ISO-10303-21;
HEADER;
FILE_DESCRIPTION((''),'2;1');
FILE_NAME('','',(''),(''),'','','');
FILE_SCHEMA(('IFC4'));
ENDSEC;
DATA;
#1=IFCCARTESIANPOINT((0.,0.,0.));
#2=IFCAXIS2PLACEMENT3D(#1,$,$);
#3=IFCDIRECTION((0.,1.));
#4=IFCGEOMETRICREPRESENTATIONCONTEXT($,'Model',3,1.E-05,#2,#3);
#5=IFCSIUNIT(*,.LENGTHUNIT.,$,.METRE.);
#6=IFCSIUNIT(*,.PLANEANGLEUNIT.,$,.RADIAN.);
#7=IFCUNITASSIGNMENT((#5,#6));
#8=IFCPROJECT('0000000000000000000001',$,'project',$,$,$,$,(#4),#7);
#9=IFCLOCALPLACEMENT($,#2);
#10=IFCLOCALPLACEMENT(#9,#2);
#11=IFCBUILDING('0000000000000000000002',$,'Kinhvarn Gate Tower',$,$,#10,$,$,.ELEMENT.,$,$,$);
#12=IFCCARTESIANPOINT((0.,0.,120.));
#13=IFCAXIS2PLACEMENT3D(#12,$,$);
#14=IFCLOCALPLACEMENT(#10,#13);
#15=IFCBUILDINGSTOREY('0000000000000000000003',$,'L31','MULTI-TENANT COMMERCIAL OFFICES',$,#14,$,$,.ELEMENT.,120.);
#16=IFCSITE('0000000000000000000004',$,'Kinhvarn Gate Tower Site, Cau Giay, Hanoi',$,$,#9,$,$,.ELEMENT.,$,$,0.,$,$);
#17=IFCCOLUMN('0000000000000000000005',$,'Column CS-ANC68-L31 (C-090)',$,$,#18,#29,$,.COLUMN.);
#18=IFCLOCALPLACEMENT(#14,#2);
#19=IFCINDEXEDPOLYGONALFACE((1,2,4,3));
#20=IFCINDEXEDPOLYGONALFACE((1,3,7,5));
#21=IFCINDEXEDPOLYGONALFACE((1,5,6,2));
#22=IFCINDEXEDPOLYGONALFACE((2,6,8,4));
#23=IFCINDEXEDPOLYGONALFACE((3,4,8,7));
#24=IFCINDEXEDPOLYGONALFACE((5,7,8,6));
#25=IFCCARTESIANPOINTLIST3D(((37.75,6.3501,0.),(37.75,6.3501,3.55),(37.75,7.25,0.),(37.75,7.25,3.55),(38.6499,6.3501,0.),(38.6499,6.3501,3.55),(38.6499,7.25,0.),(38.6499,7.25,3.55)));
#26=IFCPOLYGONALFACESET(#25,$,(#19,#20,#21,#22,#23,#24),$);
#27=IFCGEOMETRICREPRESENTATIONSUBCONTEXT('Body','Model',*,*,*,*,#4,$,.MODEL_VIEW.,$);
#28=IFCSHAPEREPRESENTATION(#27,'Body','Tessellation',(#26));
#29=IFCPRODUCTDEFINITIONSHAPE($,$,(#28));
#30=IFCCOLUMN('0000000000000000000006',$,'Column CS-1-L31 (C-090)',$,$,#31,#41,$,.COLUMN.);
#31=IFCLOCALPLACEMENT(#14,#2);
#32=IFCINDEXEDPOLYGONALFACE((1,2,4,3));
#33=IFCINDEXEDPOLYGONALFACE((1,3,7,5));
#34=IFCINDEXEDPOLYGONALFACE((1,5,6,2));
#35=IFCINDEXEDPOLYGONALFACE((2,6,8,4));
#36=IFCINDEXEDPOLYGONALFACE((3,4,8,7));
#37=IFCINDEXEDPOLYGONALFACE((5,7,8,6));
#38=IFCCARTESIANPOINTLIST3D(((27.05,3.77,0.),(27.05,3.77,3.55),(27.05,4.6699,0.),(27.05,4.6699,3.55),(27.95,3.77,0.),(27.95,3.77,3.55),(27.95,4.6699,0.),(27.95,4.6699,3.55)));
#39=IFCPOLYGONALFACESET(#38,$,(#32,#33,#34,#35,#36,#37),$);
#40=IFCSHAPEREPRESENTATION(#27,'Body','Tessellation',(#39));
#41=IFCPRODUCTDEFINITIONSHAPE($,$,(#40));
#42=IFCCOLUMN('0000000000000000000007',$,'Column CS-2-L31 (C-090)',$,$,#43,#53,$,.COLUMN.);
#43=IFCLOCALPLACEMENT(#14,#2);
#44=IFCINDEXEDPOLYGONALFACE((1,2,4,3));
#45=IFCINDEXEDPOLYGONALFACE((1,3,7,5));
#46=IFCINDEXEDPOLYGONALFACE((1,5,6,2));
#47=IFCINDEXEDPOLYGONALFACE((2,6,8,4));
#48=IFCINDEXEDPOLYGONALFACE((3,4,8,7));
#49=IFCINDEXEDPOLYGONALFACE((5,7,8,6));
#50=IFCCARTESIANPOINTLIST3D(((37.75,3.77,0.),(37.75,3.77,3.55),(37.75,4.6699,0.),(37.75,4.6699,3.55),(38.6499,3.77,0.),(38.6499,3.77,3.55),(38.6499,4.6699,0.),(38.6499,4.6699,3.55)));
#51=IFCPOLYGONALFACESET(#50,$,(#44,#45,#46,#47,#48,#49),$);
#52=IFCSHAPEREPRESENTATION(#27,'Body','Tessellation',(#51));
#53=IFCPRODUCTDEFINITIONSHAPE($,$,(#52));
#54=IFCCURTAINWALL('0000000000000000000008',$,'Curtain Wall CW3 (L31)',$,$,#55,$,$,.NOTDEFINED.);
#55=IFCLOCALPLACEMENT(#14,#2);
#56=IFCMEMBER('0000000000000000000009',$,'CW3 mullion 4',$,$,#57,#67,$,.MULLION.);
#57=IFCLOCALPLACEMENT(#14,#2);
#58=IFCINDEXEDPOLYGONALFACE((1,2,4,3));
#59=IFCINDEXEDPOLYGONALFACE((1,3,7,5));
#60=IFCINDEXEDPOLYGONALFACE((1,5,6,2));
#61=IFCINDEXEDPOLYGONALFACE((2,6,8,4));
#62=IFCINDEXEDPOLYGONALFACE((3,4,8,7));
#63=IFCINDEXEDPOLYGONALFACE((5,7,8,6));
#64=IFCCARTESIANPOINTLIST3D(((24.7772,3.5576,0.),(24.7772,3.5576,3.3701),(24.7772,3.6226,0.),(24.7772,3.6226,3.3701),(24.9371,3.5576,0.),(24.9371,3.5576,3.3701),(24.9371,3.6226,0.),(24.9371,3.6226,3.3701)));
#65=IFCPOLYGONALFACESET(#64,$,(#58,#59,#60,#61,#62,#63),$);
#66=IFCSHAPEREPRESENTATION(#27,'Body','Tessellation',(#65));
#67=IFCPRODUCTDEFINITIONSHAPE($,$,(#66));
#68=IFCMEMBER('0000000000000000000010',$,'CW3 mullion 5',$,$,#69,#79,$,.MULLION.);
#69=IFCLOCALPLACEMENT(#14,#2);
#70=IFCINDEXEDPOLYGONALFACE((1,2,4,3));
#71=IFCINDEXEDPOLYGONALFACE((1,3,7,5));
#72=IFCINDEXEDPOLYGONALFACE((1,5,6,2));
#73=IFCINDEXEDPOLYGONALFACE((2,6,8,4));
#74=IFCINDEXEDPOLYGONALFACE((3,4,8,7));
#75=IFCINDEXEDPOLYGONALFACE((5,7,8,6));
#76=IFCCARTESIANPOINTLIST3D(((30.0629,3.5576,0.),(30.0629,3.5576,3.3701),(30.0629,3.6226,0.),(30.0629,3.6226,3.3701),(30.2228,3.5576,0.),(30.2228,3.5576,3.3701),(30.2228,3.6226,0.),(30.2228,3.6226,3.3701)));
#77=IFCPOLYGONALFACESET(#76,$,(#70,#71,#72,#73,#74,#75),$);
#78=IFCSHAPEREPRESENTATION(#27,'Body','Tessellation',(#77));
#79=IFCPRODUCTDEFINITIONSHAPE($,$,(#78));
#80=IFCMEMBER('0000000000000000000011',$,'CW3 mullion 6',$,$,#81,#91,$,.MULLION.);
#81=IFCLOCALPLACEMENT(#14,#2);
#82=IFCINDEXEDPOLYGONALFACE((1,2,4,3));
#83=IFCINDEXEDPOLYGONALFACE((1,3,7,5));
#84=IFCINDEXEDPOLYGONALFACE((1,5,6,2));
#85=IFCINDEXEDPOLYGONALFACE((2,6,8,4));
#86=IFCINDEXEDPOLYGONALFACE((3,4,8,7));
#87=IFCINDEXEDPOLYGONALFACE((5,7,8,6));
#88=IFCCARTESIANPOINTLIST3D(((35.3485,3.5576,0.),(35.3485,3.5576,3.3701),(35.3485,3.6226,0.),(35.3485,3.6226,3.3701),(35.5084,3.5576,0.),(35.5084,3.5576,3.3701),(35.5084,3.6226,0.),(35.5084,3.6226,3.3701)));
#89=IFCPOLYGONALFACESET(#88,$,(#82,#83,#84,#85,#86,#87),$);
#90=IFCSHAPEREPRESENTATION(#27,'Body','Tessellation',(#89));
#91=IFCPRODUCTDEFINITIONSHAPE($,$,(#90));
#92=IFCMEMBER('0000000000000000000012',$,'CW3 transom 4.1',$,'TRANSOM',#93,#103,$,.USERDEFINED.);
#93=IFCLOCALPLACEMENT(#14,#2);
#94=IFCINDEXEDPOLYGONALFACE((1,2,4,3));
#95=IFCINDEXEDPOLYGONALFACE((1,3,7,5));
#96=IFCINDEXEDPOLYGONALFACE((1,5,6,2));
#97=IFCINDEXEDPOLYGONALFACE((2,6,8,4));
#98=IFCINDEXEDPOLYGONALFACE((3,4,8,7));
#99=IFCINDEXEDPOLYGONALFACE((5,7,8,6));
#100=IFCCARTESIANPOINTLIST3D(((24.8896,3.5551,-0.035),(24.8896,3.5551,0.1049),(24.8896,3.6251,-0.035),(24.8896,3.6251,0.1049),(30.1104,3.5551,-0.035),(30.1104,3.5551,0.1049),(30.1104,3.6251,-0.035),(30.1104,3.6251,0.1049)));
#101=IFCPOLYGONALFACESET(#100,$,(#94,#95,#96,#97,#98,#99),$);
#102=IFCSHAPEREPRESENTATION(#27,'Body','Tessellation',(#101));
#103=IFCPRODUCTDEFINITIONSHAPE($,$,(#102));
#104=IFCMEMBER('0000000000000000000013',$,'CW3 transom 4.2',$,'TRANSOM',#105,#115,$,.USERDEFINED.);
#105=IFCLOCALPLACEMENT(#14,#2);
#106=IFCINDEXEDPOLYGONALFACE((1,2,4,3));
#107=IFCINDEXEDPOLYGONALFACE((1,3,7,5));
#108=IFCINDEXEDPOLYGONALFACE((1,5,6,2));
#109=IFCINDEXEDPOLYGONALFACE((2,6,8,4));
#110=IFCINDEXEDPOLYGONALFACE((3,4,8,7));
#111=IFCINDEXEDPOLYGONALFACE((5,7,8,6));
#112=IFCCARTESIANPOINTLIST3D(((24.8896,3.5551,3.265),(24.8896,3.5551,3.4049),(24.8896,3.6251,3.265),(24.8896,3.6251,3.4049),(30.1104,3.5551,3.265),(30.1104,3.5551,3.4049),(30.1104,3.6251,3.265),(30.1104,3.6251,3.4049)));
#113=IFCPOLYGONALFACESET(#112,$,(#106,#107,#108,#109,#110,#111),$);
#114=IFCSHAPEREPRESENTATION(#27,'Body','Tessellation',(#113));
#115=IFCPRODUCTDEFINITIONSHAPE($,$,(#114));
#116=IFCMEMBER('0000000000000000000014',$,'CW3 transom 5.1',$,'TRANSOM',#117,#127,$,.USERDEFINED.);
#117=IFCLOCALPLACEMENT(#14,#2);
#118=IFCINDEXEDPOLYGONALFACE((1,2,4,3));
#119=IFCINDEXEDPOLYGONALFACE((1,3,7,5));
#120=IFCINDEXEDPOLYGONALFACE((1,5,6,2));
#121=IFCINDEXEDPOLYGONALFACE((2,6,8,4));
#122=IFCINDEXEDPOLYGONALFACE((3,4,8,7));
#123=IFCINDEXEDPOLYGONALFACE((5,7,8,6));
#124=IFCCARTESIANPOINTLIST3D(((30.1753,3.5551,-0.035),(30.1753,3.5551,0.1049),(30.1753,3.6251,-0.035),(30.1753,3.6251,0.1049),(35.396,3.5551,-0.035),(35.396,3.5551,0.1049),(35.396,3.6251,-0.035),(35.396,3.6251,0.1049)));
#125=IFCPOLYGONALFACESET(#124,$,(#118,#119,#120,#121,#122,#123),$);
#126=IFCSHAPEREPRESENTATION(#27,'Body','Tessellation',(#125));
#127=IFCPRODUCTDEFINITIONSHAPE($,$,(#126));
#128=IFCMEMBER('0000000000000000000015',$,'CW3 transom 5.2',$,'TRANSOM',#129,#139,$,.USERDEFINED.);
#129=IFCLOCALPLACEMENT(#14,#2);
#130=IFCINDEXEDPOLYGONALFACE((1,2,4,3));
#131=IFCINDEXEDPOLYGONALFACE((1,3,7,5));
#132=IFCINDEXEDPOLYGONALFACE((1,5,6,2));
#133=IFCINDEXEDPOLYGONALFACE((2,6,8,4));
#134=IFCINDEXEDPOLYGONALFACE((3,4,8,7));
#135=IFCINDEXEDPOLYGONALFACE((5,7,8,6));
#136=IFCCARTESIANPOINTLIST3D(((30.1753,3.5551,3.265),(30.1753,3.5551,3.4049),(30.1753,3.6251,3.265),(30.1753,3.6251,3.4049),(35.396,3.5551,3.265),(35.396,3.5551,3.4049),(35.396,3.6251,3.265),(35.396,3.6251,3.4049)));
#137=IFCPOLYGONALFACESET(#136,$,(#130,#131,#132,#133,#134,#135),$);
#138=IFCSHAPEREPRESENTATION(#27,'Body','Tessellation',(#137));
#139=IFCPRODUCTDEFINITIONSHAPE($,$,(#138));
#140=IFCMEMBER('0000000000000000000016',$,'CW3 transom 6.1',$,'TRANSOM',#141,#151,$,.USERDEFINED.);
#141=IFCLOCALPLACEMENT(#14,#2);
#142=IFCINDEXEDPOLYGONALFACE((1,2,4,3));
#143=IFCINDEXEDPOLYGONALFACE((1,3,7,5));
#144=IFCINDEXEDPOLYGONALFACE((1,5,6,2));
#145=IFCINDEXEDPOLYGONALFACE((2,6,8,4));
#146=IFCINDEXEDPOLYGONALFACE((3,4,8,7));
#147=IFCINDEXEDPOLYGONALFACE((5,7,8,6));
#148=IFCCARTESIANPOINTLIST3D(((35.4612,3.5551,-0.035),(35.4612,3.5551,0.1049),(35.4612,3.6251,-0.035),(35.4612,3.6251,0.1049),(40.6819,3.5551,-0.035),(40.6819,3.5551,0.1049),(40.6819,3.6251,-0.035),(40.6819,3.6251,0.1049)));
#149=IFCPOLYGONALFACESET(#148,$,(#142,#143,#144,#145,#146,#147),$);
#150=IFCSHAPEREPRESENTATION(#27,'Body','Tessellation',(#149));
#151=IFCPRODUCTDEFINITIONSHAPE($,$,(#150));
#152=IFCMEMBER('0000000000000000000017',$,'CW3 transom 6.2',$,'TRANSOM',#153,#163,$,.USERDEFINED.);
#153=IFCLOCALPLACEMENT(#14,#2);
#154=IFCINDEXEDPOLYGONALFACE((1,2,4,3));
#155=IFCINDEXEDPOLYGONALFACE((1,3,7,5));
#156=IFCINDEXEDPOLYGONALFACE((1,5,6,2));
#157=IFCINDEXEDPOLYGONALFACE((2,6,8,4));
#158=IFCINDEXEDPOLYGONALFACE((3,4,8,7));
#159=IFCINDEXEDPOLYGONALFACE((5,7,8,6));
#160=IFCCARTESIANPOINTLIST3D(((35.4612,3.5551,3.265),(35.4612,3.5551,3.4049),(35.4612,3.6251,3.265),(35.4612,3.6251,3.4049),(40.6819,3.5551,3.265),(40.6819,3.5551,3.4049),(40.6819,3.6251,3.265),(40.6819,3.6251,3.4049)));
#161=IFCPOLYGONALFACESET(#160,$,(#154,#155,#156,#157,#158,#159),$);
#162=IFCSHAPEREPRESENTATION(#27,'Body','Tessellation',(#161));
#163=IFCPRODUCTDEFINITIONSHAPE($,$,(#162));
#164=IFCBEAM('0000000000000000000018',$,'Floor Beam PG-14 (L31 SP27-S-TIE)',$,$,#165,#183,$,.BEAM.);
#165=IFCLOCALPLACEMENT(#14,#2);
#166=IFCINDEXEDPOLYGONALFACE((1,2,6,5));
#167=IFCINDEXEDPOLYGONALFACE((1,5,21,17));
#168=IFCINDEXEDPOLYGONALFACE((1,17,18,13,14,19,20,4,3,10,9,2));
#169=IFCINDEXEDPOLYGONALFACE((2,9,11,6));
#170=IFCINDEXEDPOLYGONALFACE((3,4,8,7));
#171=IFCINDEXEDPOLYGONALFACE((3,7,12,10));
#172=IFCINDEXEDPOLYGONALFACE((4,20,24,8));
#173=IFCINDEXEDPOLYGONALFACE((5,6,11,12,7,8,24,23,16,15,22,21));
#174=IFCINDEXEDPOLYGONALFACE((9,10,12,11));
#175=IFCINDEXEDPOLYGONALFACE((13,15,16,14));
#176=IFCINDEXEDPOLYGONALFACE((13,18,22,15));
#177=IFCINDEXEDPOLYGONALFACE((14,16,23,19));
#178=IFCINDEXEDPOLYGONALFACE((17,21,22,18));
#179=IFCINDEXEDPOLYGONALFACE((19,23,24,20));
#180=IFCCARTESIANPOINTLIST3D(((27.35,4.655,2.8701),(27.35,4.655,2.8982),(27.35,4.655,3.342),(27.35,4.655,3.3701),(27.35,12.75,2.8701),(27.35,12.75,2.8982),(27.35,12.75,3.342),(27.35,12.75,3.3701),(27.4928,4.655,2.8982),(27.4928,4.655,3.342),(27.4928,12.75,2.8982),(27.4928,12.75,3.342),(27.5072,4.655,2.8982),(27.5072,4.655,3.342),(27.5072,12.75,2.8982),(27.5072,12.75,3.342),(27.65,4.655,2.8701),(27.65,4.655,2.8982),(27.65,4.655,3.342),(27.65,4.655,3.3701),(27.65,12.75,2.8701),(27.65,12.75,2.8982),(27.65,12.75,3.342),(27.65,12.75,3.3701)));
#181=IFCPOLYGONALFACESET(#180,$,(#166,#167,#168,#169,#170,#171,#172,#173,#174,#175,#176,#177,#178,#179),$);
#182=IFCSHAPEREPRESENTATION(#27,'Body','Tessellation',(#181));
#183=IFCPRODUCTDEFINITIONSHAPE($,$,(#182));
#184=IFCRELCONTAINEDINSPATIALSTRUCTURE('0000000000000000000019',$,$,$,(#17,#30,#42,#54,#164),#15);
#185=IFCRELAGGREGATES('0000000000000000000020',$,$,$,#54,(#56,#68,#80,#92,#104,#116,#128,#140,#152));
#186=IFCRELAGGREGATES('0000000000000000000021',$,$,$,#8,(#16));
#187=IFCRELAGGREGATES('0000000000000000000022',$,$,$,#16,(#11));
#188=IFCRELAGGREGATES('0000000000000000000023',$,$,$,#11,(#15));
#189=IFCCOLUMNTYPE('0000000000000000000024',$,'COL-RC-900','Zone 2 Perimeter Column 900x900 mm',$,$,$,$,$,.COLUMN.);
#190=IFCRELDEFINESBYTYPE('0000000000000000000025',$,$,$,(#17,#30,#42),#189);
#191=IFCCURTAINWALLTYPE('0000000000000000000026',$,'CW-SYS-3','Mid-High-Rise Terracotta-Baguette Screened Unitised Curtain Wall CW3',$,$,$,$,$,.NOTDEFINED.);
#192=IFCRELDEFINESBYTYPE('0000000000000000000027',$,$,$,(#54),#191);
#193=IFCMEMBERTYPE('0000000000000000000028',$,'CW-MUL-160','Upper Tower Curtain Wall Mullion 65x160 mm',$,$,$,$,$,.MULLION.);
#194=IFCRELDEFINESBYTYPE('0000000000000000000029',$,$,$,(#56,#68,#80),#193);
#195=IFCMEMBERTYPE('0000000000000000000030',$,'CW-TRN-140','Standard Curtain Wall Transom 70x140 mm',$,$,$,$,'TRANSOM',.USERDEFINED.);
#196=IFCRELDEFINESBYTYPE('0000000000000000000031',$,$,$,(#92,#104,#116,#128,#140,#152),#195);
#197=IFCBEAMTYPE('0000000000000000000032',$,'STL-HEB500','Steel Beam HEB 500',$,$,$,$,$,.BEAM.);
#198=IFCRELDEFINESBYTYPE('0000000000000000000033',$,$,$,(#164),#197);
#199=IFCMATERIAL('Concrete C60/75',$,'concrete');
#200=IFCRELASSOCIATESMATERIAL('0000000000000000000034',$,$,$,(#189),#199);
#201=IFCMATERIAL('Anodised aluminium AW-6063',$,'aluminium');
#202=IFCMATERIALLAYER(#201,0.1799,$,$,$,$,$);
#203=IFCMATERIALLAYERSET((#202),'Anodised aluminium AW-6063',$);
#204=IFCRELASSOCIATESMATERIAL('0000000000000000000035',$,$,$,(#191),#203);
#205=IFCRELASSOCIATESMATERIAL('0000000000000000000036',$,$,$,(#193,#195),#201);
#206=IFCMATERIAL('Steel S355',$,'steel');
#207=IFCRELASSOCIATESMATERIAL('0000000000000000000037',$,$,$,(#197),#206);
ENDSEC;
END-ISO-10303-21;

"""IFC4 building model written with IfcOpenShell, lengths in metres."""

from ifc_helpers import new_model, si_unit, direction, frame, origin, origin_2d, place, context, subcontext, project, spatial, rectangle, i_section, extrude, material, layer, layer_set, material_profile, profile_set, type_object, element, aggregate, save


model = new_model("IFC4")

# Units and contexts
model_context = context("Model", 3, precision=1e-05, world=origin(), true_north=direction((0.0, 1.0)))
body_context = subcontext(model_context, "Body", "Model", "MODEL_VIEW")
ifc_project = project(units=[si_unit("LENGTHUNIT", "METRE"), si_unit("PLANEANGLEUNIT", "RADIAN")], contexts=[model_context])

# Site, building, storey
site_placement = place(None, origin())
site = spatial("IfcSite", under=ifc_project, at=site_placement, Name="Kinhvarn Gate Tower Site, Cau Giay, Hanoi", CompositionType="ELEMENT", RefElevation=0.0)
building_placement = place(site_placement, origin())
building = spatial("IfcBuilding", under=site, at=building_placement, Name="Kinhvarn Gate Tower", CompositionType="ELEMENT")
storey_placement = place(building_placement, frame((0.0, 0.0, 120.0)))
storey = spatial("IfcBuildingStorey", under=building, at=storey_placement, Name="L31", Description="MULTI-TENANT COMMERCIAL OFFICES", CompositionType="ELEMENT", Elevation=120.0)

# Columns
ifc_material_1 = material(Name="Concrete C60/75", Category="concrete")
ifc_material_profile_1 = material_profile(ifc_material_1, rectangle(XDim=0.8999, YDim=0.8999, at=origin_2d()), Name="RC 900x900")
ifc_profile_set_1 = profile_set([ifc_material_profile_1], Name="Concrete C60/75")
column_type = type_object("IfcColumnType", Name="COL-RC-900", Description="Zone 2 Perimeter Column 900x900 mm", PredefinedType="COLUMN", material=ifc_profile_set_1)
for number, where, z_axis, x_axis, name in (
    (1, (38.2, 6.8, 0.0), (0.0, 0.0, 1.0), (1.0, 0.0, 0.0), "Column CS-ANC68-L31 (C-090)"),
    (2, (27.5, 4.22, 0.0), (0.0, 0.0, 1.0), (1.0, 0.0, 0.0), "Column CS-1-L31 (C-090)"),
    (3, (38.2, 4.22, 0.0), (0.0, 0.0, 1.0), (1.0, 0.0, 0.0), "Column CS-2-L31 (C-090)"),
):
    element("IfcColumn", number, at=place(storey_placement, frame(where, z_axis=z_axis, x_axis=x_axis)), inside=storey, type_object=column_type, Name=name, PredefinedType="COLUMN", context=body_context, shape_type="SweptSolid", body=[
        extrude(rectangle(XDim=0.8999, YDim=0.8999, at=origin_2d()), origin(), (0.0, 0.0, 1.0), 3.55),
    ])

# Curtain wall, members
ifc_material_2 = material(Name="Anodised aluminium AW-6063", Category="aluminium")
ifc_layer_1 = layer(ifc_material_2, 0.1799)
ifc_layer_set_1 = layer_set([ifc_layer_1], Name="Anodised aluminium AW-6063")
curtain_wall_type = type_object("IfcCurtainWallType", Name="CW-SYS-3", Description="Mid-High-Rise Terracotta-Baguette Screened Unitised Curtain Wall CW3", PredefinedType="NOTDEFINED", material=ifc_layer_set_1)
curtain_wall_placement = place(storey_placement, origin())
curtain_wall = element("IfcCurtainWall", 4, at=curtain_wall_placement, inside=storey, type_object=curtain_wall_type, Name="Curtain Wall CW3 (L31)", PredefinedType="NOTDEFINED")
ifc_material_profile_2 = material_profile(ifc_material_2, rectangle(XDim=0.0649, YDim=0.1599, at=origin_2d()), Name="ALU 65x160")
ifc_profile_set_2 = profile_set([ifc_material_profile_2], Name="Anodised aluminium AW-6063")
member_type_1 = type_object("IfcMemberType", Name="CW-MUL-160", Description="Upper Tower Curtain Wall Mullion 65x160 mm", PredefinedType="MULLION", material=ifc_profile_set_2)
member_1_placement = place(storey_placement, frame((24.8572, 3.5901, 0.0), z_axis=(0.0, 0.0, 1.0), x_axis=(0.0, 1.0, 0.0)))
member_1 = element("IfcMember", 5, at=member_1_placement, type_object=member_type_1, Name="CW3 mullion 4", PredefinedType="MULLION", context=body_context, shape_type="SweptSolid", body=[
    extrude(rectangle(XDim=0.0649, YDim=0.1599, at=origin_2d()), origin(), (0.0, 0.0, 1.0), 3.3701),
])
member_2_placement = place(storey_placement, frame((30.1428, 3.5901, 0.0), z_axis=(0.0, 0.0, 1.0), x_axis=(0.0, 1.0, 0.0)))
member_2 = element("IfcMember", 6, at=member_2_placement, type_object=member_type_1, Name="CW3 mullion 5", PredefinedType="MULLION", context=body_context, shape_type="SweptSolid", body=[
    extrude(rectangle(XDim=0.0649, YDim=0.1599, at=origin_2d()), origin(), (0.0, 0.0, 1.0), 3.3701),
])
member_3_placement = place(storey_placement, frame((35.4285, 3.5901, 0.0), z_axis=(0.0, 0.0, 1.0), x_axis=(0.0, 1.0, 0.0)))
member_3 = element("IfcMember", 7, at=member_3_placement, type_object=member_type_1, Name="CW3 mullion 6", PredefinedType="MULLION", context=body_context, shape_type="SweptSolid", body=[
    extrude(rectangle(XDim=0.0649, YDim=0.1599, at=origin_2d()), origin(), (0.0, 0.0, 1.0), 3.3701),
])
ifc_material_profile_3 = material_profile(ifc_material_2, rectangle(XDim=0.0701, YDim=0.1399, at=origin_2d()), Name="ALU 70x140")
ifc_profile_set_3 = profile_set([ifc_material_profile_3], Name="Anodised aluminium AW-6063")
member_type_2 = type_object("IfcMemberType", Name="CW-TRN-140", Description="Standard Curtain Wall Transom 70x140 mm", ElementType="TRANSOM", PredefinedType="USERDEFINED", material=ifc_profile_set_3)
member_4_placement = place(storey_placement, frame((24.8896, 3.5901, 0.0349), z_axis=(1.0, 0.0, 0.0), x_axis=(0.0, 1.0, 0.0)))
member_4 = element("IfcMember", 8, at=member_4_placement, type_object=member_type_2, Name="CW3 transom 4.1", ObjectType="TRANSOM", PredefinedType="USERDEFINED", context=body_context, shape_type="SweptSolid", body=[
    extrude(rectangle(XDim=0.0701, YDim=0.1399, at=origin_2d()), origin(), (0.0, 0.0, 1.0), 5.2207),
])
member_5_placement = place(storey_placement, frame((24.8896, 3.5901, 3.335), z_axis=(1.0, 0.0, 0.0), x_axis=(0.0, 1.0, 0.0)))
member_5 = element("IfcMember", 9, at=member_5_placement, type_object=member_type_2, Name="CW3 transom 4.2", ObjectType="TRANSOM", PredefinedType="USERDEFINED", context=body_context, shape_type="SweptSolid", body=[
    extrude(rectangle(XDim=0.0701, YDim=0.1399, at=origin_2d()), origin(), (0.0, 0.0, 1.0), 5.2207),
])
member_6_placement = place(storey_placement, frame((30.1753, 3.5901, 0.0349), z_axis=(1.0, 0.0, 0.0), x_axis=(0.0, 1.0, 0.0)))
member_6 = element("IfcMember", 10, at=member_6_placement, type_object=member_type_2, Name="CW3 transom 5.1", ObjectType="TRANSOM", PredefinedType="USERDEFINED", context=body_context, shape_type="SweptSolid", body=[
    extrude(rectangle(XDim=0.0701, YDim=0.1399, at=origin_2d()), origin(), (0.0, 0.0, 1.0), 5.2207),
])
member_7_placement = place(storey_placement, frame((30.1753, 3.5901, 3.335), z_axis=(1.0, 0.0, 0.0), x_axis=(0.0, 1.0, 0.0)))
member_7 = element("IfcMember", 11, at=member_7_placement, type_object=member_type_2, Name="CW3 transom 5.2", ObjectType="TRANSOM", PredefinedType="USERDEFINED", context=body_context, shape_type="SweptSolid", body=[
    extrude(rectangle(XDim=0.0701, YDim=0.1399, at=origin_2d()), origin(), (0.0, 0.0, 1.0), 5.2207),
])
member_8_placement = place(storey_placement, frame((35.4612, 3.5901, 0.0349), z_axis=(1.0, 0.0, 0.0), x_axis=(0.0, 1.0, 0.0)))
member_8 = element("IfcMember", 12, at=member_8_placement, type_object=member_type_2, Name="CW3 transom 6.1", ObjectType="TRANSOM", PredefinedType="USERDEFINED", context=body_context, shape_type="SweptSolid", body=[
    extrude(rectangle(XDim=0.0701, YDim=0.1399, at=origin_2d()), origin(), (0.0, 0.0, 1.0), 5.2207),
])
member_9_placement = place(storey_placement, frame((35.4612, 3.5901, 3.335), z_axis=(1.0, 0.0, 0.0), x_axis=(0.0, 1.0, 0.0)))
member_9 = element("IfcMember", 13, at=member_9_placement, type_object=member_type_2, Name="CW3 transom 6.2", ObjectType="TRANSOM", PredefinedType="USERDEFINED", context=body_context, shape_type="SweptSolid", body=[
    extrude(rectangle(XDim=0.0701, YDim=0.1399, at=origin_2d()), origin(), (0.0, 0.0, 1.0), 5.2207),
])

# Beam
ifc_material_3 = material(Name="Steel S355", Category="steel")
ifc_material_profile_4 = material_profile(ifc_material_3, i_section(OverallWidth=0.3, OverallDepth=0.5, WebThickness=0.0144, FlangeThickness=0.0281, at=origin_2d()), Name="HEB 500")
ifc_profile_set_4 = profile_set([ifc_material_profile_4], Name="Steel S355")
beam_type_1 = type_object("IfcBeamType", Name="STL-HEB500", Description="Steel Beam HEB 500", PredefinedType="BEAM", material=ifc_profile_set_4)
beam_1_placement = place(storey_placement, frame((27.5, 4.655, 3.1201), z_axis=(0.0, 1.0, 0.0), x_axis=(-1.0, 0.0, 0.0)))
element("IfcBeam", 14, at=beam_1_placement, inside=storey, type_object=beam_type_1, Name="Floor Beam PG-14 (L31 SP27-S-TIE)", PredefinedType="BEAM", context=body_context, shape_type="SweptSolid", body=[
    extrude(i_section(OverallWidth=0.3, OverallDepth=0.5, WebThickness=0.0144, FlangeThickness=0.0281, at=origin_2d()), origin(), (0.0, 0.0, 1.0), 8.095),
])

aggregate(curtain_wall, [member_1, member_2, member_3, member_4, member_5, member_6, member_7, member_8, member_9])

save(model, "model.ifc")
